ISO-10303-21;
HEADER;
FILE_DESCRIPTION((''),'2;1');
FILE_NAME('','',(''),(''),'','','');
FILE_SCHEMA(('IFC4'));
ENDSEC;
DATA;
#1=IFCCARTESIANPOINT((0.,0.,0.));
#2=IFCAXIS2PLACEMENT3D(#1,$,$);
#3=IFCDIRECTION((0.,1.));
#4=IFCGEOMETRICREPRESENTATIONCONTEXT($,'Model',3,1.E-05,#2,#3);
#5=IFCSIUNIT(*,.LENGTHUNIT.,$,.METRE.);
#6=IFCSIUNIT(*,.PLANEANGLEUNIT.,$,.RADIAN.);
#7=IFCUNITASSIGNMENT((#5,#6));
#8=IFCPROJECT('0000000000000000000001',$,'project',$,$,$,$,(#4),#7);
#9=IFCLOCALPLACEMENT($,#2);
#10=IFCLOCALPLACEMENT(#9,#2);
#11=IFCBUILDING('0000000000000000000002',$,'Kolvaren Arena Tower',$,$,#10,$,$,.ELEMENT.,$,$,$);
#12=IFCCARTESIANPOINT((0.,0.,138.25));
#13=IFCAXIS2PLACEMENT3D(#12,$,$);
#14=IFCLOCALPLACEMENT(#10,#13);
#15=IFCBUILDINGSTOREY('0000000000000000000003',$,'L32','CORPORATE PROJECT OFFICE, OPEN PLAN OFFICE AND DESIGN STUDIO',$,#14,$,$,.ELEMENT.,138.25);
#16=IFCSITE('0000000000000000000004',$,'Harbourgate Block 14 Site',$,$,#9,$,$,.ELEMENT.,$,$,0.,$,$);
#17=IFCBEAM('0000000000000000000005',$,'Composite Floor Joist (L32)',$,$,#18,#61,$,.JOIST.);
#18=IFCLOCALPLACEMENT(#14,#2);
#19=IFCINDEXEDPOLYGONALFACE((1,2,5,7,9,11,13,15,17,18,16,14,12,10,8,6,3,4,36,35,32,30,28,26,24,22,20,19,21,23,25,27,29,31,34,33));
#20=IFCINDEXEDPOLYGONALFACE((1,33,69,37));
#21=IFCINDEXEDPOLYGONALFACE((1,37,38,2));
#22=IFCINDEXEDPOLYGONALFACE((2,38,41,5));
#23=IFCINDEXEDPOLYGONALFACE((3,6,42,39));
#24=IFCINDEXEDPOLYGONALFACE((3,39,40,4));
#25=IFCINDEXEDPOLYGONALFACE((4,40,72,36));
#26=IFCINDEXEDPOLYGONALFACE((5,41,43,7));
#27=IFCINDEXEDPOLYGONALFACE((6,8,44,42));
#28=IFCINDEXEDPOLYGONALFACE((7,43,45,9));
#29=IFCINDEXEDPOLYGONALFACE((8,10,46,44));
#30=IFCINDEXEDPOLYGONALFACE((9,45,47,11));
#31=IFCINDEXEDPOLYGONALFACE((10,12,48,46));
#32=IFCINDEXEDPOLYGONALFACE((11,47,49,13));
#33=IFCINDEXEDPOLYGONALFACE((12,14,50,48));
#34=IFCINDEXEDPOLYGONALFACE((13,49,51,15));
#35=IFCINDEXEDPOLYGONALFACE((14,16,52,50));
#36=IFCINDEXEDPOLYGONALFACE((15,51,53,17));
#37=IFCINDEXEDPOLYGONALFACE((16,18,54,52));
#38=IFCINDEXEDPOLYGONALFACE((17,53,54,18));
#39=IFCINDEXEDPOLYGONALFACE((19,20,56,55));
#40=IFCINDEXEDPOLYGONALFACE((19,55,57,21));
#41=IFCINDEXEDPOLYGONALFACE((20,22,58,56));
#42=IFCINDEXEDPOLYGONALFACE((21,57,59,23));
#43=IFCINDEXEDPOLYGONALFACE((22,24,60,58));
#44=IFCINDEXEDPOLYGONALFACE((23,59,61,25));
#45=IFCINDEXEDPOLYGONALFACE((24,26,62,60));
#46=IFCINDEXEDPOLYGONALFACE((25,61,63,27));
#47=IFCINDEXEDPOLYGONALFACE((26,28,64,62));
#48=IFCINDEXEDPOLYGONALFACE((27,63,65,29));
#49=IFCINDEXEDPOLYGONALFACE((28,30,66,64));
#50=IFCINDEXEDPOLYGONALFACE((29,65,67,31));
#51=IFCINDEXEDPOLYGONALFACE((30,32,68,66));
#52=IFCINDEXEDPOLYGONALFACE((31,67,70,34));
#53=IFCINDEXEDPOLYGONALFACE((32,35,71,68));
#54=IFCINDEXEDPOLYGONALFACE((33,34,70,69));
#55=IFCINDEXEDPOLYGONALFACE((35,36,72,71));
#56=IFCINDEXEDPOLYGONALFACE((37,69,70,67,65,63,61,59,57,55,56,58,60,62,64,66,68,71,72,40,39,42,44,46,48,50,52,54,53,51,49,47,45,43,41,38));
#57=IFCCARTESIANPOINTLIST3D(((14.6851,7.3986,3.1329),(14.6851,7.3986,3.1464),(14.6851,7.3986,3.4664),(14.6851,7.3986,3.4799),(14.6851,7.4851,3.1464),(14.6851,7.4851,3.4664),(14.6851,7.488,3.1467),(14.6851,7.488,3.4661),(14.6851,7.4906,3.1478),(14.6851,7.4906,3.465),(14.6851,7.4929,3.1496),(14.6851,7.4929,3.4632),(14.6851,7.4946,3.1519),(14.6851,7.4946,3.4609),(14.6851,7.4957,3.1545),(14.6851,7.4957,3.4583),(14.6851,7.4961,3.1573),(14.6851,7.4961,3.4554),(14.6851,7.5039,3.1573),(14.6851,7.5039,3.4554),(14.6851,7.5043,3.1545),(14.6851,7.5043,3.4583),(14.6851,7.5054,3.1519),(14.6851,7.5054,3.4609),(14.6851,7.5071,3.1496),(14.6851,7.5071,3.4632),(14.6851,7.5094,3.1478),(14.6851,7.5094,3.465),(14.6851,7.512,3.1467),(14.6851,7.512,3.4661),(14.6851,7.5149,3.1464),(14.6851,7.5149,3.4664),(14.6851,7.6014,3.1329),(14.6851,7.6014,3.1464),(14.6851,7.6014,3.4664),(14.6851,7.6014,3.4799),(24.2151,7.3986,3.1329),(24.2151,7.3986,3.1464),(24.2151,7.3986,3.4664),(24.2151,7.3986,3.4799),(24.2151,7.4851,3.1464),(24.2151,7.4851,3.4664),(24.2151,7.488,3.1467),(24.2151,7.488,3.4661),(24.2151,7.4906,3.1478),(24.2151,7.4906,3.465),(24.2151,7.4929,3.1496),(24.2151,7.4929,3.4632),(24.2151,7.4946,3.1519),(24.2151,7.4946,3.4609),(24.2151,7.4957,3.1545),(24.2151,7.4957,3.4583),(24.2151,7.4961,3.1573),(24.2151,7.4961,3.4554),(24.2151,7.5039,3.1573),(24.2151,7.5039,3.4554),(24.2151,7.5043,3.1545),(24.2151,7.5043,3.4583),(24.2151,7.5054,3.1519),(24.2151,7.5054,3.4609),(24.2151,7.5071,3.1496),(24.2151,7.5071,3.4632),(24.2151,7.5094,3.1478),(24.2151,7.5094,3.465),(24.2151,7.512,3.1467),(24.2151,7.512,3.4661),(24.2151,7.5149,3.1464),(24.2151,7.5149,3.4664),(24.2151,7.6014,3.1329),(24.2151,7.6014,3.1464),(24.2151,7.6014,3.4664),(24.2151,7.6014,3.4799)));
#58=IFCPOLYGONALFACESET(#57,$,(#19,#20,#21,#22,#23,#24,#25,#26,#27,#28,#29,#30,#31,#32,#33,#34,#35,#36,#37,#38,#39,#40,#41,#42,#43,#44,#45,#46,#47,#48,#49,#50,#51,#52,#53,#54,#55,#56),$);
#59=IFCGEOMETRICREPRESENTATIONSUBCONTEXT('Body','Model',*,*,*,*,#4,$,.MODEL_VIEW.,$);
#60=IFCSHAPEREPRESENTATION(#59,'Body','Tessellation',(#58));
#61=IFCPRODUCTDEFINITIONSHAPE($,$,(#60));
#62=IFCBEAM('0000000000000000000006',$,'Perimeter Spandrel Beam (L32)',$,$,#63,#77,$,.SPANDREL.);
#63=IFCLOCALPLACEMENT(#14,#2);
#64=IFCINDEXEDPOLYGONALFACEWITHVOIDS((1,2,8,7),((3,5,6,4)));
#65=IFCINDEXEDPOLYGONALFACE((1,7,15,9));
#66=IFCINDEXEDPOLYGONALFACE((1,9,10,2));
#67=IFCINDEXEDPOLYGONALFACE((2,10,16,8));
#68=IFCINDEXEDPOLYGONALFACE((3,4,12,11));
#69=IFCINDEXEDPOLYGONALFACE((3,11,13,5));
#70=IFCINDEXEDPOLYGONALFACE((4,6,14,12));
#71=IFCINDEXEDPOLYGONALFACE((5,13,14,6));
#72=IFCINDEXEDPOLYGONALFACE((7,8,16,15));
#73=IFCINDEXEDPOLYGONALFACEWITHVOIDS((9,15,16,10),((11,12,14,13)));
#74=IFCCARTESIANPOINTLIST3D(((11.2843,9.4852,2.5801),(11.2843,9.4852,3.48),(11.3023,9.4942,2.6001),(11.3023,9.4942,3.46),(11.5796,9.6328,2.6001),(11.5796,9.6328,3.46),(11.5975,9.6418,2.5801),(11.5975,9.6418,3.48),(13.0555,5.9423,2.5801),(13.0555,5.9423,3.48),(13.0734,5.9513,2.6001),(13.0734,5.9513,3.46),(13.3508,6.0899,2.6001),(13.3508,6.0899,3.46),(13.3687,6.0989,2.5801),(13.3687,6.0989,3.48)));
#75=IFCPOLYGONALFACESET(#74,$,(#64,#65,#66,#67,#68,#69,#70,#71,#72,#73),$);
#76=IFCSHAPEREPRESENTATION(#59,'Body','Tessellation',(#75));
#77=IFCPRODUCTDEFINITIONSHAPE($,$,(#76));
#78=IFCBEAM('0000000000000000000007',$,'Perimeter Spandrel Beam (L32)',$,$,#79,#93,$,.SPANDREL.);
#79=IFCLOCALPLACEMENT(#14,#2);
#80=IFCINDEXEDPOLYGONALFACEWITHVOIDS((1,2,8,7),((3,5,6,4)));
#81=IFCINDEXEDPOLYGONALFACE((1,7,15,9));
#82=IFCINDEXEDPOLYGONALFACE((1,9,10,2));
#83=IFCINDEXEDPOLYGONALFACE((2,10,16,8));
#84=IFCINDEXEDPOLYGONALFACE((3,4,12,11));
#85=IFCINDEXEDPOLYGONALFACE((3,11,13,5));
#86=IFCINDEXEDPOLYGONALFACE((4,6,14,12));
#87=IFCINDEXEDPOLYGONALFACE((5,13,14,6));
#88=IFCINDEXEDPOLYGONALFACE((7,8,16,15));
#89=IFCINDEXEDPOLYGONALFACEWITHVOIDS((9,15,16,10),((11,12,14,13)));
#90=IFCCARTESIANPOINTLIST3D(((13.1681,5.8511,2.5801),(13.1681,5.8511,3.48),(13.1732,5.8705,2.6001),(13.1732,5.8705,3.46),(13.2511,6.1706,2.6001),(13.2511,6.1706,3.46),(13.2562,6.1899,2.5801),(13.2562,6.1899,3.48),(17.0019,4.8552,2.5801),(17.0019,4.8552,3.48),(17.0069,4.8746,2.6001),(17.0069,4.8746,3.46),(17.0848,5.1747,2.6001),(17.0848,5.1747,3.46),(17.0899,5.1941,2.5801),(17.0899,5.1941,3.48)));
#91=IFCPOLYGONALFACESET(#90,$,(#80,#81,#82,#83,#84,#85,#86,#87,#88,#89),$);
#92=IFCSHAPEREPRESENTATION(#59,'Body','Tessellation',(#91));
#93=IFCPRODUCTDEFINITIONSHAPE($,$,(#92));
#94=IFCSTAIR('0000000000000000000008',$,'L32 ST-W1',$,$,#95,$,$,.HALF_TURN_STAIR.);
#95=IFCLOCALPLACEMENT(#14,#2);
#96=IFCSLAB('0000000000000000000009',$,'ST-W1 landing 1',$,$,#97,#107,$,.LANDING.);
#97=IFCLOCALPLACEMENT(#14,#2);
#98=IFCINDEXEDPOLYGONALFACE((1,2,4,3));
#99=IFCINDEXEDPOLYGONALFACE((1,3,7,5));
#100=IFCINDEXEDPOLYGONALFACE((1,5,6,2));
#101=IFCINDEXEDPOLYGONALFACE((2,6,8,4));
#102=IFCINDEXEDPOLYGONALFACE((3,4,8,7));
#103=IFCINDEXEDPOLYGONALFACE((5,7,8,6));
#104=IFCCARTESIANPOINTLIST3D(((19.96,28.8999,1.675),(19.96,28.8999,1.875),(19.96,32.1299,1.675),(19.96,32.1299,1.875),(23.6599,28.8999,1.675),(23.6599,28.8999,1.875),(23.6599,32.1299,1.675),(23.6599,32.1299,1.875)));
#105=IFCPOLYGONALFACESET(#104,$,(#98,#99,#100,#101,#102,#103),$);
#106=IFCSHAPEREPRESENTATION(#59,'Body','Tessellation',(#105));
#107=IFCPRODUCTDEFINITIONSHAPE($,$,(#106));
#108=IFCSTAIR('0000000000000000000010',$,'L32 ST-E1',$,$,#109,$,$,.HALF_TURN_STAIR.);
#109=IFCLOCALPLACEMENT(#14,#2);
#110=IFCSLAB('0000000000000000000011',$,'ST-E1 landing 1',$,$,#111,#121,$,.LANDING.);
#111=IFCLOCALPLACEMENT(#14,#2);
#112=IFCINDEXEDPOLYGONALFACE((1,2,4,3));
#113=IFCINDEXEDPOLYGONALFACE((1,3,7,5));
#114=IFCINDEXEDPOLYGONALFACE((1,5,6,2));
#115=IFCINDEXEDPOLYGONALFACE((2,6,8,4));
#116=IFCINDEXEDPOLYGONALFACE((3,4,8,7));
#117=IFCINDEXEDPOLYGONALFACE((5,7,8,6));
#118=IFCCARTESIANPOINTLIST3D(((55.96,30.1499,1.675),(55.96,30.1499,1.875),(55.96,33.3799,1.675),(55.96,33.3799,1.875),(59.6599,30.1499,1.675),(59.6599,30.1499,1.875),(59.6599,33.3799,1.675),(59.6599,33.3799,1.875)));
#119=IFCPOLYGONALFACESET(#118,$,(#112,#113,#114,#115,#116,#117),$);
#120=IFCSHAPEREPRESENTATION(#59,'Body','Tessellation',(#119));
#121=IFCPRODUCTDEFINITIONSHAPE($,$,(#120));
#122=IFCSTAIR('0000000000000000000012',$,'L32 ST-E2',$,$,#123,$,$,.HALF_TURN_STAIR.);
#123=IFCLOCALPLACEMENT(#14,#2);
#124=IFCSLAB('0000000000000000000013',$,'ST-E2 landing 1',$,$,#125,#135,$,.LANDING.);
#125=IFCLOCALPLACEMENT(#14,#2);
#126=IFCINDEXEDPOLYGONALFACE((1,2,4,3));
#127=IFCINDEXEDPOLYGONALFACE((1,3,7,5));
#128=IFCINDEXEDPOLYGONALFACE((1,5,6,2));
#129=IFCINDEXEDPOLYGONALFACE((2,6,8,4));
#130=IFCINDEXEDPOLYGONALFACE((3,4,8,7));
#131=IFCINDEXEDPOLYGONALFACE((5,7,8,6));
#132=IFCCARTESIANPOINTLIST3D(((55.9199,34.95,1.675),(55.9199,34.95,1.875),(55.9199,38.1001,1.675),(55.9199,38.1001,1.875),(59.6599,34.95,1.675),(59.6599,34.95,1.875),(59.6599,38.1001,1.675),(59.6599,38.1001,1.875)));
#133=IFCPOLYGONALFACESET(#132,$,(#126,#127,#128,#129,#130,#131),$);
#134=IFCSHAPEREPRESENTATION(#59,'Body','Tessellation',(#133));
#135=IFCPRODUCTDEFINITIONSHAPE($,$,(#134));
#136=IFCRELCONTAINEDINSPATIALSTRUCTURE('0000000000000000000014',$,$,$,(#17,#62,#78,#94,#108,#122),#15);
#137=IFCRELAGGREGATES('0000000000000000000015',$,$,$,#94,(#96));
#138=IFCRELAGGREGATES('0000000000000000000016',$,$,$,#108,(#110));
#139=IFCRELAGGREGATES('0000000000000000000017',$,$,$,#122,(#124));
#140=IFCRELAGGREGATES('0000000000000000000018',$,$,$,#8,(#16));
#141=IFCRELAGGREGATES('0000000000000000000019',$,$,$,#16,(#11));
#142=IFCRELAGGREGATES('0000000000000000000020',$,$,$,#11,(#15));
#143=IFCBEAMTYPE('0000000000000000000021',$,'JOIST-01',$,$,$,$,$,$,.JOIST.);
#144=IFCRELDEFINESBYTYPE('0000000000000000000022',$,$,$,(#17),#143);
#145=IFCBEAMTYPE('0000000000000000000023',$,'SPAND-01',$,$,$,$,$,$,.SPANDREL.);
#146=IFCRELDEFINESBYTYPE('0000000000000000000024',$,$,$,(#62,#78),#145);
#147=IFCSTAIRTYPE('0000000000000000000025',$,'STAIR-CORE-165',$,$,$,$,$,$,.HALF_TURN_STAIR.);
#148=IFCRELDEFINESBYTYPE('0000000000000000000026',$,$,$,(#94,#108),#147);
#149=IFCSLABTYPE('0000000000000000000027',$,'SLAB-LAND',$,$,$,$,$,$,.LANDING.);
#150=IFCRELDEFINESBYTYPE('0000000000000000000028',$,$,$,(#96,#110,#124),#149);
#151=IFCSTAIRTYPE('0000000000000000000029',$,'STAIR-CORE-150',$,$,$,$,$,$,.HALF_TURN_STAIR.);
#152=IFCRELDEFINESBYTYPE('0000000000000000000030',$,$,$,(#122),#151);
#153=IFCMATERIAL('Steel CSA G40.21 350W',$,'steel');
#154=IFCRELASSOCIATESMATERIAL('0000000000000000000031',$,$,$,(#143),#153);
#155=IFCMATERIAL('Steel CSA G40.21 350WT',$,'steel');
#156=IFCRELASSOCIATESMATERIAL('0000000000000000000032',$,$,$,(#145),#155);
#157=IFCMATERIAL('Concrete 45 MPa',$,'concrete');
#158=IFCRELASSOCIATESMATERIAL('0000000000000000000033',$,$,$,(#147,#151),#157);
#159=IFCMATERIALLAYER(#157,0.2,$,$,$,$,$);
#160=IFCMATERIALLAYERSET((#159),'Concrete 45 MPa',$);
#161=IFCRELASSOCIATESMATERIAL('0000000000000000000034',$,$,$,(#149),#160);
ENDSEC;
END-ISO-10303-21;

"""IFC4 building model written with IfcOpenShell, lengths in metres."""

from ifc_helpers import new_model, si_unit, direction, frame, origin, origin_2d, place, context, subcontext, project, spatial, polyline, hollow_rectangle, i_section, outline, extrude, material, layer, layer_set, material_profile, profile_set, type_object, element, aggregate, save


model = new_model("IFC4")

# Units and contexts
model_context = context("Model", 3, precision=1e-05, world=origin(), true_north=direction((0.0, 1.0)))
body_context = subcontext(model_context, "Body", "Model", "MODEL_VIEW")
ifc_project = project(units=[si_unit("LENGTHUNIT", "METRE"), si_unit("PLANEANGLEUNIT", "RADIAN")], contexts=[model_context])

# Site, building, storey
site_placement = place(None, origin())
site = spatial("IfcSite", under=ifc_project, at=site_placement, Name="Harbourgate Block 14 Site", CompositionType="ELEMENT", RefElevation=0.0)
building_placement = place(site_placement, origin())
building = spatial("IfcBuilding", under=site, at=building_placement, Name="Kolvaren Arena Tower", CompositionType="ELEMENT")
storey_placement = place(building_placement, frame((0.0, 0.0, 138.25)))
storey = spatial("IfcBuildingStorey", under=building, at=storey_placement, Name="L32", Description="CORPORATE PROJECT OFFICE, OPEN PLAN OFFICE AND DESIGN STUDIO", CompositionType="ELEMENT", Elevation=138.25)

# Beams
ifc_material_1 = material(Name="Steel CSA G40.21 350W", Category="steel")
ifc_material_profile_1 = material_profile(ifc_material_1, i_section(OverallWidth=0.2029, OverallDepth=0.3469, WebThickness=0.0078, FlangeThickness=0.0134, FilletRadius=0.011, at=origin_2d()), Name="W360x64")
ifc_profile_set_1 = profile_set([ifc_material_profile_1], Name="Steel CSA G40.21 350W")
beam_type_1 = type_object("IfcBeamType", Name="JOIST-01", PredefinedType="JOIST", material=ifc_profile_set_1)
beam_1_placement = place(storey_placement, frame((14.6851, 7.5, 3.3064), z_axis=(1.0, 0.0, 0.0), x_axis=(0.0, 1.0, 0.0)))
element("IfcBeam", 1, at=beam_1_placement, inside=storey, type_object=beam_type_1, Name="Composite Floor Joist (L32)", PredefinedType="JOIST", context=body_context, shape_type="SweptSolid", body=[
    extrude(i_section(OverallWidth=0.2029, OverallDepth=0.3469, WebThickness=0.0078, FlangeThickness=0.0134, FilletRadius=0.011, at=origin_2d()), origin(), (0.0, 0.0, 1.0), 9.53),
])
ifc_material_2 = material(Name="Steel CSA G40.21 350WT", Category="steel")
ifc_material_profile_2 = material_profile(ifc_material_2, hollow_rectangle(XDim=0.3501, YDim=0.8999, WallThickness=0.02, at=origin_2d()), Name="HSS 900x350x20")
ifc_profile_set_2 = profile_set([ifc_material_profile_2], Name="Steel CSA G40.21 350WT")
beam_type_2 = type_object("IfcBeamType", Name="SPAND-01", PredefinedType="SPANDREL", material=ifc_profile_set_2)
for number, where, z_axis, x_axis, name in (
    (2, (11.4409, 9.5635, 3.03), (0.447164, -0.894452, 0.0), (0.894452, 0.447164, 0.0), "Perimeter Spandrel Beam (L32)"),
    (3, (13.2122, 6.0205, 3.03), (0.967879, -0.251416, 0.0), (0.251416, 0.967879, 0.0), "Perimeter Spandrel Beam (L32)"),
):
    element("IfcBeam", number, at=place(storey_placement, frame(where, z_axis=z_axis, x_axis=x_axis)), inside=storey, type_object=beam_type_2, Name=name, PredefinedType="SPANDREL", context=body_context, shape_type="SweptSolid", body=[
        extrude(hollow_rectangle(XDim=0.3501, YDim=0.8999, WallThickness=0.02, at=origin_2d()), origin(), (0.0, 0.0, 1.0), 3.9609),
    ])

# Stairs, slabs
ifc_material_3 = material(Name="Concrete 45 MPa", Category="concrete")
stair_type_1 = type_object("IfcStairType", Name="STAIR-CORE-165", PredefinedType="HALF_TURN_STAIR", material=ifc_material_3)
stair_1_placement = place(storey_placement, origin())
stair_1 = element("IfcStair", 4, at=stair_1_placement, inside=storey, type_object=stair_type_1, Name="L32 ST-W1", PredefinedType="HALF_TURN_STAIR")
ifc_layer_1 = layer(ifc_material_3, 0.2)
ifc_layer_set_1 = layer_set([ifc_layer_1], Name="Concrete 45 MPa")
slab_type_1 = type_object("IfcSlabType", Name="SLAB-LAND", PredefinedType="LANDING", material=ifc_layer_set_1)
slab_1_placement = place(storey_placement, frame((0.0, 0.0, 1.675)))
slab_1 = element("IfcSlab", 5, at=slab_1_placement, type_object=slab_type_1, Name="ST-W1 landing 1", PredefinedType="LANDING", context=body_context, shape_type="SweptSolid", body=[
    extrude(outline(polyline([(19.96, 28.8999), (23.6599, 28.8999), (23.6599, 32.1299), (19.96, 32.1299), (19.96, 28.8999)])), origin(), (0.0, 0.0, 1.0), 0.2),
])
aggregate(stair_1, [slab_1])
stair_2_placement = place(storey_placement, origin())
stair_2 = element("IfcStair", 6, at=stair_2_placement, inside=storey, type_object=stair_type_1, Name="L32 ST-E1", PredefinedType="HALF_TURN_STAIR")
slab_2_placement = place(storey_placement, frame((0.0, 0.0, 1.675)))
slab_2 = element("IfcSlab", 7, at=slab_2_placement, type_object=slab_type_1, Name="ST-E1 landing 1", PredefinedType="LANDING", context=body_context, shape_type="SweptSolid", body=[
    extrude(outline(polyline([(55.96, 30.1499), (59.6599, 30.1499), (59.6599, 33.3799), (55.96, 33.3799), (55.96, 30.1499)])), origin(), (0.0, 0.0, 1.0), 0.2),
])
aggregate(stair_2, [slab_2])
stair_type_2 = type_object("IfcStairType", Name="STAIR-CORE-150", PredefinedType="HALF_TURN_STAIR", material=ifc_material_3)
stair_3_placement = place(storey_placement, origin())
stair_3 = element("IfcStair", 8, at=stair_3_placement, inside=storey, type_object=stair_type_2, Name="L32 ST-E2", PredefinedType="HALF_TURN_STAIR")
slab_3_placement = place(storey_placement, frame((0.0, 0.0, 1.675)))
slab_3 = element("IfcSlab", 9, at=slab_3_placement, type_object=slab_type_1, Name="ST-E2 landing 1", PredefinedType="LANDING", context=body_context, shape_type="SweptSolid", body=[
    extrude(outline(polyline([(55.9199, 34.95), (59.6599, 34.95), (59.6599, 38.1001), (55.9199, 38.1001), (55.9199, 34.95)])), origin(), (0.0, 0.0, 1.0), 0.2),
])
aggregate(stair_3, [slab_3])

save(model, "model.ifc")
